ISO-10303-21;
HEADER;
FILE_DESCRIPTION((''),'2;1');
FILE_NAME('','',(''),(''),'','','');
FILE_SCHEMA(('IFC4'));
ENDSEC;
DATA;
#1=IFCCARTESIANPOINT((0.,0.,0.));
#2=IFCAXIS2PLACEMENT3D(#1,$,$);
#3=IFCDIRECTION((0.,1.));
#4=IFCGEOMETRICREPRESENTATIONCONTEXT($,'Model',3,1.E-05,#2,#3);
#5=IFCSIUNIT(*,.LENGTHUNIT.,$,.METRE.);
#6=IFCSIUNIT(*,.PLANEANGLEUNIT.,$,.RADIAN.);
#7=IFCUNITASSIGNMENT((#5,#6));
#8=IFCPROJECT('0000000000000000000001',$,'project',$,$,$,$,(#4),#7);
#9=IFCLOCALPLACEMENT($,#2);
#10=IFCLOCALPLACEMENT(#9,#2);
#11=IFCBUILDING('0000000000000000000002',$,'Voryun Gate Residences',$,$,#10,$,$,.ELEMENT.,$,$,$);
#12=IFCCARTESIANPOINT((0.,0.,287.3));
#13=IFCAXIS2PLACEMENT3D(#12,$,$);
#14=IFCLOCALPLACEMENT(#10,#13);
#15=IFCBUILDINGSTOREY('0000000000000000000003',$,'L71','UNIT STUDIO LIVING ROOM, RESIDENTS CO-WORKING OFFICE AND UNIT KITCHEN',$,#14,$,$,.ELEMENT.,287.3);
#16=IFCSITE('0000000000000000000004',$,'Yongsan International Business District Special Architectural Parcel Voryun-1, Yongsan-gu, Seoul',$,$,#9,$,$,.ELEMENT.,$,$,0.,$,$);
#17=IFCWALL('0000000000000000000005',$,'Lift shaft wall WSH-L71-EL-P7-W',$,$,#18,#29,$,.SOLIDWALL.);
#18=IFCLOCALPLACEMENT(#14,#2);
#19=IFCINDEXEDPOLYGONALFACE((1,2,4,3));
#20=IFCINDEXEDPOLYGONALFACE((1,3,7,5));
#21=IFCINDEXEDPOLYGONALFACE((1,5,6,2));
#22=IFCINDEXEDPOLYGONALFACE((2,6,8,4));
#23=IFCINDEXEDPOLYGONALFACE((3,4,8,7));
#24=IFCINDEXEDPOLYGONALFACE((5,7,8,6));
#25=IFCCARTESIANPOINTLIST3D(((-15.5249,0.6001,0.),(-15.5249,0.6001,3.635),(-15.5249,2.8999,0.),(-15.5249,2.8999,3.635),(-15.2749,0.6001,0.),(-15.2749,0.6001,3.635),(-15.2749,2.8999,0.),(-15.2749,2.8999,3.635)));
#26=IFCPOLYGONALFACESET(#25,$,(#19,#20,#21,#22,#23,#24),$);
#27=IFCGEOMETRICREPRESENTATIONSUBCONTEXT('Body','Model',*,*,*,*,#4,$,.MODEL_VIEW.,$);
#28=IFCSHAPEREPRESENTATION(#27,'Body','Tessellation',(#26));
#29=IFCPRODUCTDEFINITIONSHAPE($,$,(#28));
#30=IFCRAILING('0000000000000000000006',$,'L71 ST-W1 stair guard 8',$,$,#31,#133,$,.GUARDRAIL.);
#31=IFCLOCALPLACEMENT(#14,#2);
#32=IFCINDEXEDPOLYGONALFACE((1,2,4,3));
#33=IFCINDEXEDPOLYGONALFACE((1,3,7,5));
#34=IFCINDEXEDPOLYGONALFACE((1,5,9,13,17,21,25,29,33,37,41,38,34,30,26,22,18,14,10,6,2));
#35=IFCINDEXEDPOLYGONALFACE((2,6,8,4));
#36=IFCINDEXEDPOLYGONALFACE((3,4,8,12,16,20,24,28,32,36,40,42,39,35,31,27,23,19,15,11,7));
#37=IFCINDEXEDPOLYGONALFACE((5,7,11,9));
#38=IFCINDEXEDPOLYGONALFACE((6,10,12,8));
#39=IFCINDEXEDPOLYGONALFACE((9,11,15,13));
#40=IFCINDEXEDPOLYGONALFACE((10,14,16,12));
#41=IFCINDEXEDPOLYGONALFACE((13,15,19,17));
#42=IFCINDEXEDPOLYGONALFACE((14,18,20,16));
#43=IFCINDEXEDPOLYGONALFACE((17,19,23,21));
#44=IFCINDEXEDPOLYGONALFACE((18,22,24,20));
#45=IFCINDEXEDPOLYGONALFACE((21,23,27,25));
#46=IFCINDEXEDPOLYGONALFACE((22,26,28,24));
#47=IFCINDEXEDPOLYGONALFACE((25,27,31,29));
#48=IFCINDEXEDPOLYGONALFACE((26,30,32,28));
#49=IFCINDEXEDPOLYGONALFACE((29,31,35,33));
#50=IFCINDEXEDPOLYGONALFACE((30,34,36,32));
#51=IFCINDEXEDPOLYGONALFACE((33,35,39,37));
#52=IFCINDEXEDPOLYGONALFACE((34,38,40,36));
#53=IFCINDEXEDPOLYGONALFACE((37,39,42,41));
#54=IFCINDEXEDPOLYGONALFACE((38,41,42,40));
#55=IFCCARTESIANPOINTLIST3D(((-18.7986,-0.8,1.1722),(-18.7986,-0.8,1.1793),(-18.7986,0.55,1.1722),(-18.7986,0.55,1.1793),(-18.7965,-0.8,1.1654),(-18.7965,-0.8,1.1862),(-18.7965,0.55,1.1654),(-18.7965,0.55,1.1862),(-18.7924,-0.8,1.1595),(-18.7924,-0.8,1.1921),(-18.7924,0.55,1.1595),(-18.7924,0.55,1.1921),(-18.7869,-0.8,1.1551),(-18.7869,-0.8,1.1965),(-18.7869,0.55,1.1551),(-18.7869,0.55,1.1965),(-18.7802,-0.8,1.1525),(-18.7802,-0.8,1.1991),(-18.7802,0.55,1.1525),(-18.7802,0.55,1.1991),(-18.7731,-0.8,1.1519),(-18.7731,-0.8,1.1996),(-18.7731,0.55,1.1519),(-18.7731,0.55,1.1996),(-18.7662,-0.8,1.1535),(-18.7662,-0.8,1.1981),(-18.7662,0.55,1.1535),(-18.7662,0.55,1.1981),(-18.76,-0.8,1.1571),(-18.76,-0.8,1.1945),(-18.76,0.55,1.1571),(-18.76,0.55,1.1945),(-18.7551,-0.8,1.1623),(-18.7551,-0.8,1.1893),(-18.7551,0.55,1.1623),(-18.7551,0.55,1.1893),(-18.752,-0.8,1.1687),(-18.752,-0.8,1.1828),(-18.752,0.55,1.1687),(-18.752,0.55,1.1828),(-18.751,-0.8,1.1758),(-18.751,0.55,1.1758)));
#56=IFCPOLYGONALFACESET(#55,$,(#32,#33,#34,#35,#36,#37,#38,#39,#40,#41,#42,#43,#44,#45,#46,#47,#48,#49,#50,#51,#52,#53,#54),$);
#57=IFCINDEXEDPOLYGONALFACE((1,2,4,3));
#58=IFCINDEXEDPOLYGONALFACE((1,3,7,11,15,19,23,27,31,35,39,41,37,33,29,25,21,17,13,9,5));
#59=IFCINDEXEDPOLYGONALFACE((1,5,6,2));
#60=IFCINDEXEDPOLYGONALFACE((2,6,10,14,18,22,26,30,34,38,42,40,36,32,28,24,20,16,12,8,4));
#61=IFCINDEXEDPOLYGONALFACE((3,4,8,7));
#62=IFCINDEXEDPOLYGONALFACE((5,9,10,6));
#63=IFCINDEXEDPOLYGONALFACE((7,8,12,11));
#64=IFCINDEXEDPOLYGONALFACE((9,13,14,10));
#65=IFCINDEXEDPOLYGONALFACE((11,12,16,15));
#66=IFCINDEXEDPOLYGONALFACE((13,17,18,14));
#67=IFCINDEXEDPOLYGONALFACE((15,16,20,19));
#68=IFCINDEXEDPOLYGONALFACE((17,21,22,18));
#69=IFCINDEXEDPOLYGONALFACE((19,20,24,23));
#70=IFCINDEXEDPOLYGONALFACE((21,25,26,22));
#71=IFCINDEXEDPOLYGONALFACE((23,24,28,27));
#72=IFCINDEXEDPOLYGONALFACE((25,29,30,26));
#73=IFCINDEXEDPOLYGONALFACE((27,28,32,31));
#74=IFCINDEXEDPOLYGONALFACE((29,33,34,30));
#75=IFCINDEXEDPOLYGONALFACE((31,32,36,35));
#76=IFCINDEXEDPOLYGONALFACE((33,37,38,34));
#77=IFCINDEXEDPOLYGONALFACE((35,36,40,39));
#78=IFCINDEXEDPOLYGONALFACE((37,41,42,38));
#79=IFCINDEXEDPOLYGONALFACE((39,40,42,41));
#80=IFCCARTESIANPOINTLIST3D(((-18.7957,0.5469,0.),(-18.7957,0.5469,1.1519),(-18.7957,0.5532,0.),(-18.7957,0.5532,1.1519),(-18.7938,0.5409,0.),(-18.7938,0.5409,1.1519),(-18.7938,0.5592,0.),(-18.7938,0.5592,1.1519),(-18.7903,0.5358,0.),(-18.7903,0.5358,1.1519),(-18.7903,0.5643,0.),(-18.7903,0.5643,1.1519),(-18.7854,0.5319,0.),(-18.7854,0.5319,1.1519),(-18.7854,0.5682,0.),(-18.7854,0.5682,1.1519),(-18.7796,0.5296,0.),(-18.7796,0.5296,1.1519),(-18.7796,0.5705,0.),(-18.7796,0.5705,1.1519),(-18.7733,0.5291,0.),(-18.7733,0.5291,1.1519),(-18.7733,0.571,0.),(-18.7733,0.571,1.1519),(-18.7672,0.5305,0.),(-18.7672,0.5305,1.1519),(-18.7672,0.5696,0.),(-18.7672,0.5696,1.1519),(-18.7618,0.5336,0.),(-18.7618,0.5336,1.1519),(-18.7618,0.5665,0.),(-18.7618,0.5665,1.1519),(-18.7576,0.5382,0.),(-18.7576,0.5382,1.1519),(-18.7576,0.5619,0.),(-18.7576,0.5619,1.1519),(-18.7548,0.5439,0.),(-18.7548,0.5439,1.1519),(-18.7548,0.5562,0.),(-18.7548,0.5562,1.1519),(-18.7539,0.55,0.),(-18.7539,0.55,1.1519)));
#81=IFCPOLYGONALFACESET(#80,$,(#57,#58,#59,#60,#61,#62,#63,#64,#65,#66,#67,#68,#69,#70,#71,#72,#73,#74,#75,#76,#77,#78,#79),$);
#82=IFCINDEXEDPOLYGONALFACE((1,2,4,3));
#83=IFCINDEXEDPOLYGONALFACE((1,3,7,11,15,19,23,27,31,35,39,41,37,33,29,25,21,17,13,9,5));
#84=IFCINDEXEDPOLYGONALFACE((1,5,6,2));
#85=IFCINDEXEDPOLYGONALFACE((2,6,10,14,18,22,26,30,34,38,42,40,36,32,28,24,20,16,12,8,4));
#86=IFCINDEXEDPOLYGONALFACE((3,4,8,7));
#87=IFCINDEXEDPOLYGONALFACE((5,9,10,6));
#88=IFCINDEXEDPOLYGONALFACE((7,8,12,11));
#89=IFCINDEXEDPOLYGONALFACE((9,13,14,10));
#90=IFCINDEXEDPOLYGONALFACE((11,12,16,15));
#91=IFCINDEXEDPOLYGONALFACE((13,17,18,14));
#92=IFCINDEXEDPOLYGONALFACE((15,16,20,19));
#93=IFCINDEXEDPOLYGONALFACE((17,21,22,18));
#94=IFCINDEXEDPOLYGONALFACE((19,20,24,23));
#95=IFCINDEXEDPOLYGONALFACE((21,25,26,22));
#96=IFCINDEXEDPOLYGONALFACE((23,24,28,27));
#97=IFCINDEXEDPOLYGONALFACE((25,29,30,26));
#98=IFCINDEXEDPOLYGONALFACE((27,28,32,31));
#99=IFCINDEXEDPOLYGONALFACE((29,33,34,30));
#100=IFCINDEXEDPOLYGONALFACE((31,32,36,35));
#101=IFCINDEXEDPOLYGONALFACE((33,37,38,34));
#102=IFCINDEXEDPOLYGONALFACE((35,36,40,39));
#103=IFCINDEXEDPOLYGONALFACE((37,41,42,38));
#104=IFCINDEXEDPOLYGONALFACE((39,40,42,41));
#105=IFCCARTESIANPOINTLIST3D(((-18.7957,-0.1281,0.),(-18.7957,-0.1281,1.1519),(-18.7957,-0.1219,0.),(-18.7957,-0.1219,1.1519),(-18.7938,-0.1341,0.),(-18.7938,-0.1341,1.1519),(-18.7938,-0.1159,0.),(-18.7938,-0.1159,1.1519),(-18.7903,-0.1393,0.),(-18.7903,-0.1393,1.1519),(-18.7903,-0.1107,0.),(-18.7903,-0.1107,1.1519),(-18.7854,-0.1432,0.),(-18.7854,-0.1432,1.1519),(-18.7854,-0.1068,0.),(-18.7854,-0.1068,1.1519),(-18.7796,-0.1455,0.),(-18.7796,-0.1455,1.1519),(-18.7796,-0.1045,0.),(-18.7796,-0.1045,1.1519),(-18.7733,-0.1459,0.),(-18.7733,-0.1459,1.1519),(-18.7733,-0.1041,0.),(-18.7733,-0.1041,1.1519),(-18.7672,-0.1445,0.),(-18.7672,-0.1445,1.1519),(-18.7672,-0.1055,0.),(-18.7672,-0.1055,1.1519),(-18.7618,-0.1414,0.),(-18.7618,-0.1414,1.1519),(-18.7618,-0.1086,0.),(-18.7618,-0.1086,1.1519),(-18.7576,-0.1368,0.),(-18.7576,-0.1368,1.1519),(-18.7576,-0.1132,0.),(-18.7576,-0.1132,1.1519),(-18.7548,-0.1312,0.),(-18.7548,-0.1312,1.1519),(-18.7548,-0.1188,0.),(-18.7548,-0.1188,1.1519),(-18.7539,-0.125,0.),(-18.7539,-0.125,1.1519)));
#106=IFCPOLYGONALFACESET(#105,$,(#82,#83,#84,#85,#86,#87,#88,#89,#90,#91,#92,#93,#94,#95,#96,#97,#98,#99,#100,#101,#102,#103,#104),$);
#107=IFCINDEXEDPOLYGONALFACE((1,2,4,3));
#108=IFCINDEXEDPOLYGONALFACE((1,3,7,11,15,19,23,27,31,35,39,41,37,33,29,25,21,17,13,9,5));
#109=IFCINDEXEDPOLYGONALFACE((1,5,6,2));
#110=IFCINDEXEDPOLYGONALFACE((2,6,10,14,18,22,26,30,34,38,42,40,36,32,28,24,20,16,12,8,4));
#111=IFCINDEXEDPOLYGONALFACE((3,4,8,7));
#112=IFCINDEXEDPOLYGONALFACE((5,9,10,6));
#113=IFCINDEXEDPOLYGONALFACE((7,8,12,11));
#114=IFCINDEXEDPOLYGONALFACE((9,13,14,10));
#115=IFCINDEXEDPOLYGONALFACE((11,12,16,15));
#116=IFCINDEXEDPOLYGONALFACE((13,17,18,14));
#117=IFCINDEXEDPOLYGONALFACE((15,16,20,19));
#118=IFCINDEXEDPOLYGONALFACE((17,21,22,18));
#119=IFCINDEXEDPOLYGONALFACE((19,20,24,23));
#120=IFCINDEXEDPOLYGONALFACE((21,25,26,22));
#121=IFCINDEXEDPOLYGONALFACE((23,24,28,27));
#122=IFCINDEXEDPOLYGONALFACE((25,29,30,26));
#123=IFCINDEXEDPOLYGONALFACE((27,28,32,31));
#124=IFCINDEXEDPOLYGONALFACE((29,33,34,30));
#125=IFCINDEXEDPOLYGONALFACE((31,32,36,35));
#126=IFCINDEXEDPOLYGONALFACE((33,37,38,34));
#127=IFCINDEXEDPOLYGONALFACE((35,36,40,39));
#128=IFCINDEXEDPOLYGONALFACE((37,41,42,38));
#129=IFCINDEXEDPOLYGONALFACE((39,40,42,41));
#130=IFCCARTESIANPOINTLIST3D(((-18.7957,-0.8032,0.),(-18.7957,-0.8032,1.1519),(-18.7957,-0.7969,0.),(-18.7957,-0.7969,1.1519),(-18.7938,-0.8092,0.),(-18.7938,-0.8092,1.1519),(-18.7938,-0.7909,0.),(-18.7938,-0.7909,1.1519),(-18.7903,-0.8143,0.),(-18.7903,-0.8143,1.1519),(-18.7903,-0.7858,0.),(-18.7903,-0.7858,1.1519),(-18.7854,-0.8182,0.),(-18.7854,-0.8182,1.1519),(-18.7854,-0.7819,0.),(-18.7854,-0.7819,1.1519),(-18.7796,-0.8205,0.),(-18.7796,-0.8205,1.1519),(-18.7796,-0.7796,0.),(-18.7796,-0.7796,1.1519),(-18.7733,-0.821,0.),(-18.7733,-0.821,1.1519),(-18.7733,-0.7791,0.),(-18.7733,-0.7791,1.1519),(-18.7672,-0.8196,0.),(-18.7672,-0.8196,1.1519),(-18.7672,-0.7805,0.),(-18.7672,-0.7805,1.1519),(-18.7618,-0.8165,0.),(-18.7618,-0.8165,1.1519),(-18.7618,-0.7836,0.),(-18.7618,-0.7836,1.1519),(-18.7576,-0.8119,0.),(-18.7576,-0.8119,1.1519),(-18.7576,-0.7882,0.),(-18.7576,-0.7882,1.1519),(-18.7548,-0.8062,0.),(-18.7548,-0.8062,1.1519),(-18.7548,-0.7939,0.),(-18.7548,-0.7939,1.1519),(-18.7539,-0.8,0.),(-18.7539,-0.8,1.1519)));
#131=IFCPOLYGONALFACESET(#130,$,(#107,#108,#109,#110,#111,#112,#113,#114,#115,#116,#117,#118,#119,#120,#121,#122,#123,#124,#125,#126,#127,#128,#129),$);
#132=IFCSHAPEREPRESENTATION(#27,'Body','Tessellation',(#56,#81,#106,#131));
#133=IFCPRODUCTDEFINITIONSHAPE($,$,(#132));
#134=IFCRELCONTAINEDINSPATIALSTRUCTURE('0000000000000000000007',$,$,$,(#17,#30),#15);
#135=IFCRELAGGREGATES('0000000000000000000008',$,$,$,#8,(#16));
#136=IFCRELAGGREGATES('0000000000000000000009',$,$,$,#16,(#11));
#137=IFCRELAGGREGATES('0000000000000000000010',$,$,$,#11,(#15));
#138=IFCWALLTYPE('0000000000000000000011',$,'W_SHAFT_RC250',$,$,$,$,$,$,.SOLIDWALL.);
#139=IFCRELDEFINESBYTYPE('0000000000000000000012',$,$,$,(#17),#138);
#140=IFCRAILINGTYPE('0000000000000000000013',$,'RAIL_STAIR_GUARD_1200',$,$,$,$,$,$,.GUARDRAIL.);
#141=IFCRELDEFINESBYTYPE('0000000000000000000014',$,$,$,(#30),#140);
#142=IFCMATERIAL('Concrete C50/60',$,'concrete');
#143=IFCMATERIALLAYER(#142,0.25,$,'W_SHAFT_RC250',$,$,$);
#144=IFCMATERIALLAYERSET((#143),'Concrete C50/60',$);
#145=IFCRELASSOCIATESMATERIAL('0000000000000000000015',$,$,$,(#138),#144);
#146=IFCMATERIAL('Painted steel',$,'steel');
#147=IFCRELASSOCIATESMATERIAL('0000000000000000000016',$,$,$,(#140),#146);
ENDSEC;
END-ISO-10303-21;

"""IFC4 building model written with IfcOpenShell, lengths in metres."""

from ifc_helpers import new_model, si_unit, direction, frame, frame_2d, origin, origin_2d, place, context, subcontext, project, spatial, rectangle, circle, extrude, material, layer, layer_set, type_object, element, save


model = new_model("IFC4")

# Units and contexts
model_context = context("Model", 3, precision=1e-05, world=origin(), true_north=direction((0.0, 1.0)))
body_context = subcontext(model_context, "Body", "Model", "MODEL_VIEW")
ifc_project = project(units=[si_unit("LENGTHUNIT", "METRE"), si_unit("PLANEANGLEUNIT", "RADIAN")], contexts=[model_context])

# Site, building, storey
site_placement = place(None, origin())
site = spatial("IfcSite", under=ifc_project, at=site_placement, Name="Yongsan International Business District Special Architectural Parcel Voryun-1, Yongsan-gu, Seoul", CompositionType="ELEMENT", RefElevation=0.0)
building_placement = place(site_placement, origin())
building = spatial("IfcBuilding", under=site, at=building_placement, Name="Voryun Gate Residences", CompositionType="ELEMENT")
storey_placement = place(building_placement, frame((0.0, 0.0, 287.3)))
storey = spatial("IfcBuildingStorey", under=building, at=storey_placement, Name="L71", Description="UNIT STUDIO LIVING ROOM, RESIDENTS CO-WORKING OFFICE AND UNIT KITCHEN", CompositionType="ELEMENT", Elevation=287.3)

# Shared definitions
ifc_material_1 = material(Name="Concrete C50/60", Category="concrete")
ifc_layer_1 = layer(ifc_material_1, 0.25, Name="W_SHAFT_RC250")
ifc_layer_set_1 = layer_set([ifc_layer_1], Name="Concrete C50/60")
wall_type_1 = type_object("IfcWallType", Name="W_SHAFT_RC250", PredefinedType="SOLIDWALL", material=ifc_layer_set_1)

# Wall
wall_1_placement = place(storey_placement, frame((-15.3999, 2.8999, 0.0), z_axis=(0.0, 0.0, 1.0), x_axis=(0.0, -1.0, 0.0)))
element("IfcWall", 1, at=wall_1_placement, inside=storey, type_object=wall_type_1, Name="Lift shaft wall WSH-L71-EL-P7-W", PredefinedType="SOLIDWALL", context=body_context, shape_type="SweptSolid", body=[
    extrude(rectangle(XDim=2.2998, YDim=0.25, at=frame_2d((1.1499, 0.0))), origin(), (0.0, 0.0, 1.0), 3.635),
])

# Railing
ifc_material_2 = material(Name="Painted steel", Category="steel")
railing_type = type_object("IfcRailingType", Name="RAIL_STAIR_GUARD_1200", PredefinedType="GUARDRAIL", material=ifc_material_2)
for number, where, name in (
    (2, (-18.7749, 0.55, 0.0), "L71 ST-W1 stair guard 8"),
):
    element("IfcRailing", number, at=place(storey_placement, frame(where)), inside=storey, type_object=railing_type, Name=name, PredefinedType="GUARDRAIL", context=body_context, shape_type="SweptSolid", body=[
        extrude(circle(Radius=0.0239, at=origin_2d()), frame((0.0, 0.0, 1.1758), z_axis=(0.0, -1.0, 0.0), x_axis=(1.0, 0.0, 0.0)), (0.0, 0.0, 1.0), 1.3501),
        extrude(circle(Radius=0.021, at=origin_2d()), origin(), (0.0, 0.0, 1.0), 1.1519),
        extrude(circle(Radius=0.021, at=origin_2d()), frame((0.0, -0.675, 0.0)), (0.0, 0.0, 1.0), 1.1519),
        extrude(circle(Radius=0.021, at=origin_2d()), frame((0.0, -1.3501, 0.0)), (0.0, 0.0, 1.0), 1.1519),
    ])

save(model, "model.ifc")
